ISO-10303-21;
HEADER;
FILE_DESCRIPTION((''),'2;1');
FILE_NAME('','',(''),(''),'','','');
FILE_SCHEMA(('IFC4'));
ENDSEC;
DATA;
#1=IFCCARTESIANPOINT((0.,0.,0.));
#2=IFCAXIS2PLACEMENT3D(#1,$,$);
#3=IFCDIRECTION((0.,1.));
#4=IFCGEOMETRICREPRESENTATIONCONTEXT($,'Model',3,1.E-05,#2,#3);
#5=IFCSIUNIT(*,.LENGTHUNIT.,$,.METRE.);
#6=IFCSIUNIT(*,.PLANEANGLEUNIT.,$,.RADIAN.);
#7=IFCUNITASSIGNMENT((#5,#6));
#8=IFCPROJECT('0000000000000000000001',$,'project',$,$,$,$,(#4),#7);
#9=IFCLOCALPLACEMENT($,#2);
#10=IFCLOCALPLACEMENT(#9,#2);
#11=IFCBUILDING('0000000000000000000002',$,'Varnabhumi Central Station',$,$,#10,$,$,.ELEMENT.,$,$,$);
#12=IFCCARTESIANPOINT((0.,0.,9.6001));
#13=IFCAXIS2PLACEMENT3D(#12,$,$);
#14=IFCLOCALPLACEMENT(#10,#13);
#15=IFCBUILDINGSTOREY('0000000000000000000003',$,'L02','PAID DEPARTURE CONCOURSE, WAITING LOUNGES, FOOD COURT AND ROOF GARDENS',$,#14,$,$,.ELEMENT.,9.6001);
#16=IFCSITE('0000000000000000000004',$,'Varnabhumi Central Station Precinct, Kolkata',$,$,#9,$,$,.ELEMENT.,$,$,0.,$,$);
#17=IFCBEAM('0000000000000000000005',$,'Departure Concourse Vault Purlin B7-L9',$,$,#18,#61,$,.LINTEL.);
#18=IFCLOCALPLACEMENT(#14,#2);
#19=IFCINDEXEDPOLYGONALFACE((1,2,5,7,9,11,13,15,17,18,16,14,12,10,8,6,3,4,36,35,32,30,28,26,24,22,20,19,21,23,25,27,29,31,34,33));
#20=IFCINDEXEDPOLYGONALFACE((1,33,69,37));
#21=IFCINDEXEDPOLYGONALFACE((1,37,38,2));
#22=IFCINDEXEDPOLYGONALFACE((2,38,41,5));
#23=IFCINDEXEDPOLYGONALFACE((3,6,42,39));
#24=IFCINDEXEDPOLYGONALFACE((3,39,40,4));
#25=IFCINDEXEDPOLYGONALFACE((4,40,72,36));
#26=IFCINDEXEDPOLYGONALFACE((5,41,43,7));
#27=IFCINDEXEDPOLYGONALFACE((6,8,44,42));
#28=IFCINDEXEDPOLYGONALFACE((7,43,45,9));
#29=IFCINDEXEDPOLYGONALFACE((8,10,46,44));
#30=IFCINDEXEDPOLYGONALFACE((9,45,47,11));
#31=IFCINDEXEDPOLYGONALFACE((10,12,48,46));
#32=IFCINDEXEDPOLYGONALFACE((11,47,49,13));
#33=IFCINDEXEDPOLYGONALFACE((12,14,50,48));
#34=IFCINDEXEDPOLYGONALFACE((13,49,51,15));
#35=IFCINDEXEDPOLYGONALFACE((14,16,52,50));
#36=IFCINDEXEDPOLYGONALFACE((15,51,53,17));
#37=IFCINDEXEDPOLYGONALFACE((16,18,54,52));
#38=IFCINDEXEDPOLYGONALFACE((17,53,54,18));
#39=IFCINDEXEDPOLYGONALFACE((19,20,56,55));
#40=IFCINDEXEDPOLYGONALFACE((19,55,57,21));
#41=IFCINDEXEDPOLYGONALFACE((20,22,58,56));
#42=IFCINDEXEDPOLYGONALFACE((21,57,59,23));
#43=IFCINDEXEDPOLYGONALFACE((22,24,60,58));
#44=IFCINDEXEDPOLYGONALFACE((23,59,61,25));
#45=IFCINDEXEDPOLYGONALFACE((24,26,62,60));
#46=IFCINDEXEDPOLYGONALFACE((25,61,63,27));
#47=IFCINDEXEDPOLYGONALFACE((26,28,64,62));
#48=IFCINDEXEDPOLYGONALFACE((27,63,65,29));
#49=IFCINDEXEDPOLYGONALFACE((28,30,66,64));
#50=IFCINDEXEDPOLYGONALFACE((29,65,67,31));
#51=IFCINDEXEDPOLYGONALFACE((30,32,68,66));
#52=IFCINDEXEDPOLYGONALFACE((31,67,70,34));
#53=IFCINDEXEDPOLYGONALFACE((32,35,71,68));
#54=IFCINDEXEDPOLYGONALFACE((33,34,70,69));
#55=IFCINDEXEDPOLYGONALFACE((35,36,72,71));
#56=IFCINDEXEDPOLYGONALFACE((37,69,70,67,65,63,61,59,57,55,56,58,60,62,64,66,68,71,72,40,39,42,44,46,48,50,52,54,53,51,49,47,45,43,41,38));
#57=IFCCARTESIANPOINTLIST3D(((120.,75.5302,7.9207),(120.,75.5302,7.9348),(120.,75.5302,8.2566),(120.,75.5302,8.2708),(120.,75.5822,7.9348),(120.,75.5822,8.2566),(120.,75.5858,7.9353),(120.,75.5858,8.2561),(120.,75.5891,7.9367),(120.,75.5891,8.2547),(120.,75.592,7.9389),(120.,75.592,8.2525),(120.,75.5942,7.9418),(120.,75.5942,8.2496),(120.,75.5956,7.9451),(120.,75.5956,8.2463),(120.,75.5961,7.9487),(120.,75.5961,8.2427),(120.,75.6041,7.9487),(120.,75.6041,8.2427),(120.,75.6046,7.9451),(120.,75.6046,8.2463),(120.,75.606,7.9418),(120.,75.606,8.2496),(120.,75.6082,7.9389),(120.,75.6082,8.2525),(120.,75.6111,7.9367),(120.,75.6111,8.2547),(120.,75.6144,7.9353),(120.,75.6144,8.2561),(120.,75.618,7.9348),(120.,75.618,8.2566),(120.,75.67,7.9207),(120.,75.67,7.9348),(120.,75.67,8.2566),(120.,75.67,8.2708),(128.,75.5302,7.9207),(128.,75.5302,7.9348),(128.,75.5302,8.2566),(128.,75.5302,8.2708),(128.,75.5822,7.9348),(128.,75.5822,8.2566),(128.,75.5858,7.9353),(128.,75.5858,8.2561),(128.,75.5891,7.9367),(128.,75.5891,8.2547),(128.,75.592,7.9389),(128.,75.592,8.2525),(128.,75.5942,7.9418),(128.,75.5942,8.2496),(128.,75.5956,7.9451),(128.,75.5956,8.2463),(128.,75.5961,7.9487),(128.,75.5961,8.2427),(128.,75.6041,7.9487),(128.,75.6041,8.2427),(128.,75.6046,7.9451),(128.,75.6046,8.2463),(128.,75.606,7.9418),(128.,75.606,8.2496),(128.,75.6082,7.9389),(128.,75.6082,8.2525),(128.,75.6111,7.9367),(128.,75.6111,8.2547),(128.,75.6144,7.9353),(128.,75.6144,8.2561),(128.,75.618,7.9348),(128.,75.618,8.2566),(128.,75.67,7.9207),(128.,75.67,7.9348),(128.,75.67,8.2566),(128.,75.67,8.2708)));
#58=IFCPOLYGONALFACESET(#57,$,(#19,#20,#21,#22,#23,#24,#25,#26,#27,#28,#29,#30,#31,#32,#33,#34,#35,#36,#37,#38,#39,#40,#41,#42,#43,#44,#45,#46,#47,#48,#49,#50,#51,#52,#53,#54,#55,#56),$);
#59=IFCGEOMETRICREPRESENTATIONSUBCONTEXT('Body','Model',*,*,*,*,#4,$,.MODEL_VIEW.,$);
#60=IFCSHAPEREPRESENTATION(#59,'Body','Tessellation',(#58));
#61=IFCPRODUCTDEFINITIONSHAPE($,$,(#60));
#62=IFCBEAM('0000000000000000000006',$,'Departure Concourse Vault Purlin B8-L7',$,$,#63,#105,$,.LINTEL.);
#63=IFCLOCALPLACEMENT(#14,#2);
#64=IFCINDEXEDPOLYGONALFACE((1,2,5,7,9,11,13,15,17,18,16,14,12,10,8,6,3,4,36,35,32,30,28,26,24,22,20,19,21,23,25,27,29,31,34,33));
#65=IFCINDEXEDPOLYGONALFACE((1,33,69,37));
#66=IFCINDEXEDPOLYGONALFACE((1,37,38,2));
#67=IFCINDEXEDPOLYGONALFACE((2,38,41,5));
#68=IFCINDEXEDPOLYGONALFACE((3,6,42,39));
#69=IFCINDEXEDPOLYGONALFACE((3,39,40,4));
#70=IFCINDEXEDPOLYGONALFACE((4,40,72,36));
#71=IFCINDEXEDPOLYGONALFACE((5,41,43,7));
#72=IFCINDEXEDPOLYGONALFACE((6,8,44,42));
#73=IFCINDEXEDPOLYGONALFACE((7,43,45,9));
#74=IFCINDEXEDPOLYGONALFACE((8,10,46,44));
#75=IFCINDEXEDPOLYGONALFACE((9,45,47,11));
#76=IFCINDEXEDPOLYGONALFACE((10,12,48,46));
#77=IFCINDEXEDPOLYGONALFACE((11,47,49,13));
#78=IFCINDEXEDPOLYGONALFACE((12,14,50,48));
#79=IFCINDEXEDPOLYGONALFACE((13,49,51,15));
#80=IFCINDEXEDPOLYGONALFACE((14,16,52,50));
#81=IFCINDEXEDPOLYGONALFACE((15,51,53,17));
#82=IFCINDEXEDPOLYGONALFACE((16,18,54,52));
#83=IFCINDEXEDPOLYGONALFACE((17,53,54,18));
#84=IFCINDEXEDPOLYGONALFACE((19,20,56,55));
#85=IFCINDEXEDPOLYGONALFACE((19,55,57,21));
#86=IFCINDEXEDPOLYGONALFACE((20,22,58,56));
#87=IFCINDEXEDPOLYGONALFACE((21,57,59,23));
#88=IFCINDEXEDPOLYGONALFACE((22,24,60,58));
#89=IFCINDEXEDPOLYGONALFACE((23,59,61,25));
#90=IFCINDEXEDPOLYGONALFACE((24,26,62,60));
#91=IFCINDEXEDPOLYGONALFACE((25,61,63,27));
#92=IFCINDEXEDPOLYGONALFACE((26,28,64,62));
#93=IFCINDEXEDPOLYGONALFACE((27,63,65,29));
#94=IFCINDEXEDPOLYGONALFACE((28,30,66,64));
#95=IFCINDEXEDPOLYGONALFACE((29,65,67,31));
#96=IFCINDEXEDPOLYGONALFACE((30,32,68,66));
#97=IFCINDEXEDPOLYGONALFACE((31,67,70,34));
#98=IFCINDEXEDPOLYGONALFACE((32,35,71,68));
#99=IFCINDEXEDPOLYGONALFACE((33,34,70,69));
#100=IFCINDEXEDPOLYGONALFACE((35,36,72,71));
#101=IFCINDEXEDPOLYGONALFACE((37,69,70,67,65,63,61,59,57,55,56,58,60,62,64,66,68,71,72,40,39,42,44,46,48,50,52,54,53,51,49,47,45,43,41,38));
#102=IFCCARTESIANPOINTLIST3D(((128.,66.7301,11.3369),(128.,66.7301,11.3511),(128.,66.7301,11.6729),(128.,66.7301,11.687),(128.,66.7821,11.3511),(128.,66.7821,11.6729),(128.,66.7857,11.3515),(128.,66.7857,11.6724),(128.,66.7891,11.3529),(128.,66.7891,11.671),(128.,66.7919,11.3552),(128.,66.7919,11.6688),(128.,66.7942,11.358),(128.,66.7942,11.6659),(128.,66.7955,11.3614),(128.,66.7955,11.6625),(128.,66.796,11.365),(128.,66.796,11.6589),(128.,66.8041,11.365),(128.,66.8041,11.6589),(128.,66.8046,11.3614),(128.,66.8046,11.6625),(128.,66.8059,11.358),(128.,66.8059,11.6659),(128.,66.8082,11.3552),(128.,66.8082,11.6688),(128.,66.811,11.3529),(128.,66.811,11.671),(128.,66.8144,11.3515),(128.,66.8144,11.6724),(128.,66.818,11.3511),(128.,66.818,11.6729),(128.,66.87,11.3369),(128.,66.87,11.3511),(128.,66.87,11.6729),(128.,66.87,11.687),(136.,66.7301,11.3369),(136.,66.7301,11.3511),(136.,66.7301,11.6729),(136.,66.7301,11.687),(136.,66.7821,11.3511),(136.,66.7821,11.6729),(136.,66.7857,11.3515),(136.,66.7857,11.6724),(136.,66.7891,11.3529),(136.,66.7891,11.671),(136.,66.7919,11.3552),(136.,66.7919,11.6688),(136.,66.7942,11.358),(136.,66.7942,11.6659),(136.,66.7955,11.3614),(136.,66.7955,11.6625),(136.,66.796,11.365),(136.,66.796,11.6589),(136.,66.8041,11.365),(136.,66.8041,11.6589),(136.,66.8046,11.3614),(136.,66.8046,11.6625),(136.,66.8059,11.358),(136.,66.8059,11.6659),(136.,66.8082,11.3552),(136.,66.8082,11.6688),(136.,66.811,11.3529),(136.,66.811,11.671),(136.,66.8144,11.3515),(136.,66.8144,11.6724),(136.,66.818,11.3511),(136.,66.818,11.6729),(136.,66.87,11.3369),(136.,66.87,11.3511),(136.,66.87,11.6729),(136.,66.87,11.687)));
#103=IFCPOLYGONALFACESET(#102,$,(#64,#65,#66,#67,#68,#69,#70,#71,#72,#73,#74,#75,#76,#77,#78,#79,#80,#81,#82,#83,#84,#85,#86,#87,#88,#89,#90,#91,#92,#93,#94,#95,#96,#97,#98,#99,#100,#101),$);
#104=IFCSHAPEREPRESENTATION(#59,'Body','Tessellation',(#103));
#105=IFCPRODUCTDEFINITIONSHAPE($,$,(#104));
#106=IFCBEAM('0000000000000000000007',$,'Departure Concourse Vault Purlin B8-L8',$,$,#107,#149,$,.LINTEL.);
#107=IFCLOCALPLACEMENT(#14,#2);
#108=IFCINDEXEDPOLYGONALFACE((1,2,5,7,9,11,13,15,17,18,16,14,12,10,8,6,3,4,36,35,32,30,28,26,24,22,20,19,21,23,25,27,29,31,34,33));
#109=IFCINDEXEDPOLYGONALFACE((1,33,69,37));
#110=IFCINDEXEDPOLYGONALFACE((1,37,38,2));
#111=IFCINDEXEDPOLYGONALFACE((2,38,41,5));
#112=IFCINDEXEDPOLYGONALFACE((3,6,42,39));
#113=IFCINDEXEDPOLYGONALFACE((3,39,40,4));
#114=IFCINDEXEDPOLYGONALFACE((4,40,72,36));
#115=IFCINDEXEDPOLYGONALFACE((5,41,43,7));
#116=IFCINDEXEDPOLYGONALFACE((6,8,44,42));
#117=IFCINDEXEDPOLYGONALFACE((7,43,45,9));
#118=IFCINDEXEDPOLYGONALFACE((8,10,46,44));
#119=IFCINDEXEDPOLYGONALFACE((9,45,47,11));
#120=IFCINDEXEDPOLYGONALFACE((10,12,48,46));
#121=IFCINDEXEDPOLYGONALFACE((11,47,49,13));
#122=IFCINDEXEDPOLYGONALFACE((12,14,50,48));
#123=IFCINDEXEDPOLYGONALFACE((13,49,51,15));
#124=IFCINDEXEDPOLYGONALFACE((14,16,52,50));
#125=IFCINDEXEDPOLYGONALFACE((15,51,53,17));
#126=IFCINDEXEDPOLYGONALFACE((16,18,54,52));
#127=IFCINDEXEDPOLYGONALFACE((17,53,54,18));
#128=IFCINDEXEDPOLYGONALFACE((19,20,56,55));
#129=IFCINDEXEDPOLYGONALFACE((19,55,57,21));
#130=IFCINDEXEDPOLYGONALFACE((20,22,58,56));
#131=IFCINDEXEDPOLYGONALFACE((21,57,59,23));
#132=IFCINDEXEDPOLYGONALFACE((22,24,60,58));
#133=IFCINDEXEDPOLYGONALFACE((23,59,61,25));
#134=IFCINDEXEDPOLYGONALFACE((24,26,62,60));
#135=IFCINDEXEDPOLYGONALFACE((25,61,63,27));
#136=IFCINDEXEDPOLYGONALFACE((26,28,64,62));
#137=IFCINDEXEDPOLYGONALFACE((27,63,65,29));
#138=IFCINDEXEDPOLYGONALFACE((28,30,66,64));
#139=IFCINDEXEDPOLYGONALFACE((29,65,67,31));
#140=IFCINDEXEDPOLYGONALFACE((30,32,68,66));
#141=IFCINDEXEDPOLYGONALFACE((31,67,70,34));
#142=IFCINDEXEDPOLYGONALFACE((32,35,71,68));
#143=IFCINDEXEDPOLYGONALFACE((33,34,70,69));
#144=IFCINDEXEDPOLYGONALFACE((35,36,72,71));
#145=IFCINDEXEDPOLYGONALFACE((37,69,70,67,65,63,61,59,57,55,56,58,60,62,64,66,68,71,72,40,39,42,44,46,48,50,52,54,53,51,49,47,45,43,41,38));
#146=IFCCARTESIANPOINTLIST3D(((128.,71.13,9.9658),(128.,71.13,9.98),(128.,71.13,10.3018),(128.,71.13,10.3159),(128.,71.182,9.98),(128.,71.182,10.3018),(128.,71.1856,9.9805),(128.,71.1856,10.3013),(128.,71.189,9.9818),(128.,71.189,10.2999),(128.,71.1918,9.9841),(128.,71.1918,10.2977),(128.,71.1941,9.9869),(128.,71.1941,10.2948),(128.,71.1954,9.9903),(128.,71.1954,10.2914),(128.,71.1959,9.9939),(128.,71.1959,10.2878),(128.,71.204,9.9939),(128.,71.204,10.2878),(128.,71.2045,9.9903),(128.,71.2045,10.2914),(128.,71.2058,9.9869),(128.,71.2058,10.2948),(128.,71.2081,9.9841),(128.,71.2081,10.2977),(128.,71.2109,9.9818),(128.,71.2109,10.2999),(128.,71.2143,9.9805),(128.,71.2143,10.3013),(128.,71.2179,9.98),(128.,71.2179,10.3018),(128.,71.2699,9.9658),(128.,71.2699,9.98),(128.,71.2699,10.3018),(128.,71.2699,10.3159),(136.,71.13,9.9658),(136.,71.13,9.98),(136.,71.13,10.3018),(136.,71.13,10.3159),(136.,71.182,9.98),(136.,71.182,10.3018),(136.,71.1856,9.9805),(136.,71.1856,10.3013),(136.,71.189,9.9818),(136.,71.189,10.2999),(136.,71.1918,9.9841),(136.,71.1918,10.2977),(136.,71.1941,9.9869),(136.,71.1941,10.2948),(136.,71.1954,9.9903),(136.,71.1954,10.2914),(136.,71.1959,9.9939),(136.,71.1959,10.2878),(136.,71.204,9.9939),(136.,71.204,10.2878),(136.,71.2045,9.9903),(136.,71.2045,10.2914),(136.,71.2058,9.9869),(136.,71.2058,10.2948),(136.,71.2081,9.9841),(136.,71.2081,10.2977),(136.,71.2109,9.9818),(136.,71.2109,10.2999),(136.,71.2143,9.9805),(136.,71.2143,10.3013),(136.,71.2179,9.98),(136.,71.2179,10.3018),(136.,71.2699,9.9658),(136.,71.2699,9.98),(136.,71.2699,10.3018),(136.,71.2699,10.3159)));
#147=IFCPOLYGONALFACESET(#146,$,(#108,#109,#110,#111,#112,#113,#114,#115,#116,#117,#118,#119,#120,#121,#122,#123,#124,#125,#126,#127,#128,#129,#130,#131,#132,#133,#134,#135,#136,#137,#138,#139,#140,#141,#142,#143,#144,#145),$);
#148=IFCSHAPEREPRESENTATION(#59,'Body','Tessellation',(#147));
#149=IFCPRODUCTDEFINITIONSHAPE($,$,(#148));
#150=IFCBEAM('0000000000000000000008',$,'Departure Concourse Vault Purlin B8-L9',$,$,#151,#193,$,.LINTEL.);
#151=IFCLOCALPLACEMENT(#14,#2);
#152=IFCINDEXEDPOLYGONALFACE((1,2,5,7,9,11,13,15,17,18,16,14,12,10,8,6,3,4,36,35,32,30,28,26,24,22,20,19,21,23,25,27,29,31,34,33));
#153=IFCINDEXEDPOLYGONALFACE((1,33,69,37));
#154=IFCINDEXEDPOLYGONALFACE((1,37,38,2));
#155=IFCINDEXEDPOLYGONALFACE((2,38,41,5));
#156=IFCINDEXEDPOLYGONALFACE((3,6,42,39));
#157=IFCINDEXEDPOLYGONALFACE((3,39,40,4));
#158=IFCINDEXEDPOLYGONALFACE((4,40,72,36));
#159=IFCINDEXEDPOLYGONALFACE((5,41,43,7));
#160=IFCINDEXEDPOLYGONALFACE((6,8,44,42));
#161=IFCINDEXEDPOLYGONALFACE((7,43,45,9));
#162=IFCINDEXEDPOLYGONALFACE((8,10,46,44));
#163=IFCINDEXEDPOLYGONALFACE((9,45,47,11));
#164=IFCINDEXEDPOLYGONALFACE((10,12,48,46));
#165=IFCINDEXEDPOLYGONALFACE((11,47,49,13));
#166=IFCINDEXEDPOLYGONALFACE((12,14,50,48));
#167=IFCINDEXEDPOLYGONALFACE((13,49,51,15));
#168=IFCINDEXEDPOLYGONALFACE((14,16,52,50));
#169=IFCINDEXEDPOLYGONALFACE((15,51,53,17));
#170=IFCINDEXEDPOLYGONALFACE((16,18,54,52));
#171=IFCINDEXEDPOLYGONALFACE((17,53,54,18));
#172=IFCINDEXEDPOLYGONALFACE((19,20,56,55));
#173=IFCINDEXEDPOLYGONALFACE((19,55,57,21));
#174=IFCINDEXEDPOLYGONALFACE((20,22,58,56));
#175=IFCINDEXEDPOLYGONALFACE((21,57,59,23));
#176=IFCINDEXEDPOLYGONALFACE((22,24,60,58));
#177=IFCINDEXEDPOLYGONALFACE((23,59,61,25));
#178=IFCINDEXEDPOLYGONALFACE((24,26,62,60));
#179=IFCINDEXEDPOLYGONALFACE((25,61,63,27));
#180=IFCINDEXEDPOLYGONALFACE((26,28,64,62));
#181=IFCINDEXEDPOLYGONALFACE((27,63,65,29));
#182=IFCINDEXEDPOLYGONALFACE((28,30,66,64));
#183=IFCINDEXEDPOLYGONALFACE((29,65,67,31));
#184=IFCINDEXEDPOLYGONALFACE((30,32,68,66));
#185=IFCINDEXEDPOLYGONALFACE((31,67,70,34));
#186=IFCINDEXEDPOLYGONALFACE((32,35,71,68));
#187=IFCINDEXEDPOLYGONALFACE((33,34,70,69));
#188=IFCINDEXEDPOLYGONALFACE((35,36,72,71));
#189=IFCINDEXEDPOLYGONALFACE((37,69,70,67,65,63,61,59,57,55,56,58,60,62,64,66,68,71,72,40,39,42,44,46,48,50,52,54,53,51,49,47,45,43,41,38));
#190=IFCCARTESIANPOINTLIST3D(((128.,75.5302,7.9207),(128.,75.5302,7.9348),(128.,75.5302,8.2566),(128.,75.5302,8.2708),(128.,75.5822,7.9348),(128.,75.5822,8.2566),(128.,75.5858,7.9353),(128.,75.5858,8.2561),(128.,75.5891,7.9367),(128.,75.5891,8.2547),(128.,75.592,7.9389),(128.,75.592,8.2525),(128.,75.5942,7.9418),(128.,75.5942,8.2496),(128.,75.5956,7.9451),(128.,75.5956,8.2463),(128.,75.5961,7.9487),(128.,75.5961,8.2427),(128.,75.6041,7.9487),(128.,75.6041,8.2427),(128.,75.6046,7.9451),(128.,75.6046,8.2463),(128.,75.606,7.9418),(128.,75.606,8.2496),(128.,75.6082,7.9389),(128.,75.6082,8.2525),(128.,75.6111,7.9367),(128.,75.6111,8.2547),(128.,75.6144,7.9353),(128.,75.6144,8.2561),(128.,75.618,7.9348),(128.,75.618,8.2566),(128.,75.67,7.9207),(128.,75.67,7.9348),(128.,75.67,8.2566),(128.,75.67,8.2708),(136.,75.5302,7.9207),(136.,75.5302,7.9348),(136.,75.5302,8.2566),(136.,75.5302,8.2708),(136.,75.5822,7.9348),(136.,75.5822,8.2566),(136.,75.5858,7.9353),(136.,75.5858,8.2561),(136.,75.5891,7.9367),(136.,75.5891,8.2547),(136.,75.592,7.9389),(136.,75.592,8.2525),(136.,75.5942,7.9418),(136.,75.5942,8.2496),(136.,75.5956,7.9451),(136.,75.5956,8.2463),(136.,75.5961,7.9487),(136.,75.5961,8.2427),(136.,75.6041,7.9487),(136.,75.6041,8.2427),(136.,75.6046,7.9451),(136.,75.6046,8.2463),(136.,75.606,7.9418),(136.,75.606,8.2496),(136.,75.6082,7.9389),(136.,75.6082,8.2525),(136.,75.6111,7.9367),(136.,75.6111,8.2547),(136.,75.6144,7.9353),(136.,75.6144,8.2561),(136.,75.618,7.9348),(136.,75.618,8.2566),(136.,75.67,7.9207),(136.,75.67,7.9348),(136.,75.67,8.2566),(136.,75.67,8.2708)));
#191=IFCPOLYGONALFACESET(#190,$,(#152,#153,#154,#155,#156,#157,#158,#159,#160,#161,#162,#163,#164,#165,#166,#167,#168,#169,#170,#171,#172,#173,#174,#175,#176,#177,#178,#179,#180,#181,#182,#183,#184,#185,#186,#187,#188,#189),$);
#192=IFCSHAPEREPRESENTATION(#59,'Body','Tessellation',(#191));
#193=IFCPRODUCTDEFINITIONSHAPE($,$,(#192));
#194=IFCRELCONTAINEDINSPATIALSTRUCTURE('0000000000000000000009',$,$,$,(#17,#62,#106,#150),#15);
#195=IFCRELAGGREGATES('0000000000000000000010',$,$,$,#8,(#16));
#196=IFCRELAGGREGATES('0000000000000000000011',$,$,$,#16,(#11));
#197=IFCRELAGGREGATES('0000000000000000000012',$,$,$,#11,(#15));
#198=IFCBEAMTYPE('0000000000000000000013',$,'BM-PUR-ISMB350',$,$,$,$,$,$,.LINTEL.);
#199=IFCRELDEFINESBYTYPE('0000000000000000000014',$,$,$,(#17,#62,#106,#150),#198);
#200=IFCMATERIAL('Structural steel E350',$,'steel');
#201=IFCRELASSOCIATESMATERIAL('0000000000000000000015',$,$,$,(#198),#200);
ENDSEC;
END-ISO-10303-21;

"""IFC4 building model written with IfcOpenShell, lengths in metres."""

from ifc_helpers import new_model, si_unit, direction, frame, origin, origin_2d, place, context, subcontext, project, spatial, i_section, extrude, material, material_profile, profile_set, type_object, element, save


model = new_model("IFC4")

# Units and contexts
model_context = context("Model", 3, precision=1e-05, world=origin(), true_north=direction((0.0, 1.0)))
body_context = subcontext(model_context, "Body", "Model", "MODEL_VIEW")
ifc_project = project(units=[si_unit("LENGTHUNIT", "METRE"), si_unit("PLANEANGLEUNIT", "RADIAN")], contexts=[model_context])

# Site, building, storey
site_placement = place(None, origin())
site = spatial("IfcSite", under=ifc_project, at=site_placement, Name="Varnabhumi Central Station Precinct, Kolkata", CompositionType="ELEMENT", RefElevation=0.0)
building_placement = place(site_placement, origin())
building = spatial("IfcBuilding", under=site, at=building_placement, Name="Varnabhumi Central Station", CompositionType="ELEMENT")
storey_placement = place(building_placement, frame((0.0, 0.0, 9.6001)))
storey = spatial("IfcBuildingStorey", under=building, at=storey_placement, Name="L02", Description="PAID DEPARTURE CONCOURSE, WAITING LOUNGES, FOOD COURT AND ROOF GARDENS", CompositionType="ELEMENT", Elevation=9.6001)

# Beams
ifc_material_1 = material(Name="Structural steel E350", Category="steel")
ifc_material_profile_1 = material_profile(ifc_material_1, i_section(OverallWidth=0.1399, OverallDepth=0.3501, WebThickness=0.0081, FlangeThickness=0.0142, FilletRadius=0.0139, at=origin_2d()), Name="Structural steel E350", Category="steel")
ifc_profile_set_1 = profile_set([ifc_material_profile_1], Name="Structural steel E350")
beam_type_1 = type_object("IfcBeamType", Name="BM-PUR-ISMB350", PredefinedType="LINTEL", material=ifc_profile_set_1)
for number, where, z_axis, x_axis, name in (
    (1, (120.0, 75.6001, 8.0957), (1.0, 0.0, 0.0), (0.0, 1.0, 0.0), "Departure Concourse Vault Purlin B7-L9"),
    (2, (128.0, 66.8, 11.512), (1.0, 0.0, 0.0), (0.0, 1.0, 0.0), "Departure Concourse Vault Purlin B8-L7"),
    (3, (128.0, 71.2, 10.1409), (1.0, 0.0, 0.0), (0.0, 1.0, 0.0), "Departure Concourse Vault Purlin B8-L8"),
    (4, (128.0, 75.6001, 8.0957), (1.0, 0.0, 0.0), (0.0, 1.0, 0.0), "Departure Concourse Vault Purlin B8-L9"),
):
    element("IfcBeam", number, at=place(storey_placement, frame(where, z_axis=z_axis, x_axis=x_axis)), inside=storey, type_object=beam_type_1, Name=name, PredefinedType="LINTEL", context=body_context, shape_type="SweptSolid", body=[
        extrude(i_section(OverallWidth=0.1399, OverallDepth=0.3501, WebThickness=0.0081, FlangeThickness=0.0142, FilletRadius=0.0139, at=origin_2d()), origin(), (0.0, 0.0, 1.0), 8.0),
    ])

save(model, "model.ifc")
